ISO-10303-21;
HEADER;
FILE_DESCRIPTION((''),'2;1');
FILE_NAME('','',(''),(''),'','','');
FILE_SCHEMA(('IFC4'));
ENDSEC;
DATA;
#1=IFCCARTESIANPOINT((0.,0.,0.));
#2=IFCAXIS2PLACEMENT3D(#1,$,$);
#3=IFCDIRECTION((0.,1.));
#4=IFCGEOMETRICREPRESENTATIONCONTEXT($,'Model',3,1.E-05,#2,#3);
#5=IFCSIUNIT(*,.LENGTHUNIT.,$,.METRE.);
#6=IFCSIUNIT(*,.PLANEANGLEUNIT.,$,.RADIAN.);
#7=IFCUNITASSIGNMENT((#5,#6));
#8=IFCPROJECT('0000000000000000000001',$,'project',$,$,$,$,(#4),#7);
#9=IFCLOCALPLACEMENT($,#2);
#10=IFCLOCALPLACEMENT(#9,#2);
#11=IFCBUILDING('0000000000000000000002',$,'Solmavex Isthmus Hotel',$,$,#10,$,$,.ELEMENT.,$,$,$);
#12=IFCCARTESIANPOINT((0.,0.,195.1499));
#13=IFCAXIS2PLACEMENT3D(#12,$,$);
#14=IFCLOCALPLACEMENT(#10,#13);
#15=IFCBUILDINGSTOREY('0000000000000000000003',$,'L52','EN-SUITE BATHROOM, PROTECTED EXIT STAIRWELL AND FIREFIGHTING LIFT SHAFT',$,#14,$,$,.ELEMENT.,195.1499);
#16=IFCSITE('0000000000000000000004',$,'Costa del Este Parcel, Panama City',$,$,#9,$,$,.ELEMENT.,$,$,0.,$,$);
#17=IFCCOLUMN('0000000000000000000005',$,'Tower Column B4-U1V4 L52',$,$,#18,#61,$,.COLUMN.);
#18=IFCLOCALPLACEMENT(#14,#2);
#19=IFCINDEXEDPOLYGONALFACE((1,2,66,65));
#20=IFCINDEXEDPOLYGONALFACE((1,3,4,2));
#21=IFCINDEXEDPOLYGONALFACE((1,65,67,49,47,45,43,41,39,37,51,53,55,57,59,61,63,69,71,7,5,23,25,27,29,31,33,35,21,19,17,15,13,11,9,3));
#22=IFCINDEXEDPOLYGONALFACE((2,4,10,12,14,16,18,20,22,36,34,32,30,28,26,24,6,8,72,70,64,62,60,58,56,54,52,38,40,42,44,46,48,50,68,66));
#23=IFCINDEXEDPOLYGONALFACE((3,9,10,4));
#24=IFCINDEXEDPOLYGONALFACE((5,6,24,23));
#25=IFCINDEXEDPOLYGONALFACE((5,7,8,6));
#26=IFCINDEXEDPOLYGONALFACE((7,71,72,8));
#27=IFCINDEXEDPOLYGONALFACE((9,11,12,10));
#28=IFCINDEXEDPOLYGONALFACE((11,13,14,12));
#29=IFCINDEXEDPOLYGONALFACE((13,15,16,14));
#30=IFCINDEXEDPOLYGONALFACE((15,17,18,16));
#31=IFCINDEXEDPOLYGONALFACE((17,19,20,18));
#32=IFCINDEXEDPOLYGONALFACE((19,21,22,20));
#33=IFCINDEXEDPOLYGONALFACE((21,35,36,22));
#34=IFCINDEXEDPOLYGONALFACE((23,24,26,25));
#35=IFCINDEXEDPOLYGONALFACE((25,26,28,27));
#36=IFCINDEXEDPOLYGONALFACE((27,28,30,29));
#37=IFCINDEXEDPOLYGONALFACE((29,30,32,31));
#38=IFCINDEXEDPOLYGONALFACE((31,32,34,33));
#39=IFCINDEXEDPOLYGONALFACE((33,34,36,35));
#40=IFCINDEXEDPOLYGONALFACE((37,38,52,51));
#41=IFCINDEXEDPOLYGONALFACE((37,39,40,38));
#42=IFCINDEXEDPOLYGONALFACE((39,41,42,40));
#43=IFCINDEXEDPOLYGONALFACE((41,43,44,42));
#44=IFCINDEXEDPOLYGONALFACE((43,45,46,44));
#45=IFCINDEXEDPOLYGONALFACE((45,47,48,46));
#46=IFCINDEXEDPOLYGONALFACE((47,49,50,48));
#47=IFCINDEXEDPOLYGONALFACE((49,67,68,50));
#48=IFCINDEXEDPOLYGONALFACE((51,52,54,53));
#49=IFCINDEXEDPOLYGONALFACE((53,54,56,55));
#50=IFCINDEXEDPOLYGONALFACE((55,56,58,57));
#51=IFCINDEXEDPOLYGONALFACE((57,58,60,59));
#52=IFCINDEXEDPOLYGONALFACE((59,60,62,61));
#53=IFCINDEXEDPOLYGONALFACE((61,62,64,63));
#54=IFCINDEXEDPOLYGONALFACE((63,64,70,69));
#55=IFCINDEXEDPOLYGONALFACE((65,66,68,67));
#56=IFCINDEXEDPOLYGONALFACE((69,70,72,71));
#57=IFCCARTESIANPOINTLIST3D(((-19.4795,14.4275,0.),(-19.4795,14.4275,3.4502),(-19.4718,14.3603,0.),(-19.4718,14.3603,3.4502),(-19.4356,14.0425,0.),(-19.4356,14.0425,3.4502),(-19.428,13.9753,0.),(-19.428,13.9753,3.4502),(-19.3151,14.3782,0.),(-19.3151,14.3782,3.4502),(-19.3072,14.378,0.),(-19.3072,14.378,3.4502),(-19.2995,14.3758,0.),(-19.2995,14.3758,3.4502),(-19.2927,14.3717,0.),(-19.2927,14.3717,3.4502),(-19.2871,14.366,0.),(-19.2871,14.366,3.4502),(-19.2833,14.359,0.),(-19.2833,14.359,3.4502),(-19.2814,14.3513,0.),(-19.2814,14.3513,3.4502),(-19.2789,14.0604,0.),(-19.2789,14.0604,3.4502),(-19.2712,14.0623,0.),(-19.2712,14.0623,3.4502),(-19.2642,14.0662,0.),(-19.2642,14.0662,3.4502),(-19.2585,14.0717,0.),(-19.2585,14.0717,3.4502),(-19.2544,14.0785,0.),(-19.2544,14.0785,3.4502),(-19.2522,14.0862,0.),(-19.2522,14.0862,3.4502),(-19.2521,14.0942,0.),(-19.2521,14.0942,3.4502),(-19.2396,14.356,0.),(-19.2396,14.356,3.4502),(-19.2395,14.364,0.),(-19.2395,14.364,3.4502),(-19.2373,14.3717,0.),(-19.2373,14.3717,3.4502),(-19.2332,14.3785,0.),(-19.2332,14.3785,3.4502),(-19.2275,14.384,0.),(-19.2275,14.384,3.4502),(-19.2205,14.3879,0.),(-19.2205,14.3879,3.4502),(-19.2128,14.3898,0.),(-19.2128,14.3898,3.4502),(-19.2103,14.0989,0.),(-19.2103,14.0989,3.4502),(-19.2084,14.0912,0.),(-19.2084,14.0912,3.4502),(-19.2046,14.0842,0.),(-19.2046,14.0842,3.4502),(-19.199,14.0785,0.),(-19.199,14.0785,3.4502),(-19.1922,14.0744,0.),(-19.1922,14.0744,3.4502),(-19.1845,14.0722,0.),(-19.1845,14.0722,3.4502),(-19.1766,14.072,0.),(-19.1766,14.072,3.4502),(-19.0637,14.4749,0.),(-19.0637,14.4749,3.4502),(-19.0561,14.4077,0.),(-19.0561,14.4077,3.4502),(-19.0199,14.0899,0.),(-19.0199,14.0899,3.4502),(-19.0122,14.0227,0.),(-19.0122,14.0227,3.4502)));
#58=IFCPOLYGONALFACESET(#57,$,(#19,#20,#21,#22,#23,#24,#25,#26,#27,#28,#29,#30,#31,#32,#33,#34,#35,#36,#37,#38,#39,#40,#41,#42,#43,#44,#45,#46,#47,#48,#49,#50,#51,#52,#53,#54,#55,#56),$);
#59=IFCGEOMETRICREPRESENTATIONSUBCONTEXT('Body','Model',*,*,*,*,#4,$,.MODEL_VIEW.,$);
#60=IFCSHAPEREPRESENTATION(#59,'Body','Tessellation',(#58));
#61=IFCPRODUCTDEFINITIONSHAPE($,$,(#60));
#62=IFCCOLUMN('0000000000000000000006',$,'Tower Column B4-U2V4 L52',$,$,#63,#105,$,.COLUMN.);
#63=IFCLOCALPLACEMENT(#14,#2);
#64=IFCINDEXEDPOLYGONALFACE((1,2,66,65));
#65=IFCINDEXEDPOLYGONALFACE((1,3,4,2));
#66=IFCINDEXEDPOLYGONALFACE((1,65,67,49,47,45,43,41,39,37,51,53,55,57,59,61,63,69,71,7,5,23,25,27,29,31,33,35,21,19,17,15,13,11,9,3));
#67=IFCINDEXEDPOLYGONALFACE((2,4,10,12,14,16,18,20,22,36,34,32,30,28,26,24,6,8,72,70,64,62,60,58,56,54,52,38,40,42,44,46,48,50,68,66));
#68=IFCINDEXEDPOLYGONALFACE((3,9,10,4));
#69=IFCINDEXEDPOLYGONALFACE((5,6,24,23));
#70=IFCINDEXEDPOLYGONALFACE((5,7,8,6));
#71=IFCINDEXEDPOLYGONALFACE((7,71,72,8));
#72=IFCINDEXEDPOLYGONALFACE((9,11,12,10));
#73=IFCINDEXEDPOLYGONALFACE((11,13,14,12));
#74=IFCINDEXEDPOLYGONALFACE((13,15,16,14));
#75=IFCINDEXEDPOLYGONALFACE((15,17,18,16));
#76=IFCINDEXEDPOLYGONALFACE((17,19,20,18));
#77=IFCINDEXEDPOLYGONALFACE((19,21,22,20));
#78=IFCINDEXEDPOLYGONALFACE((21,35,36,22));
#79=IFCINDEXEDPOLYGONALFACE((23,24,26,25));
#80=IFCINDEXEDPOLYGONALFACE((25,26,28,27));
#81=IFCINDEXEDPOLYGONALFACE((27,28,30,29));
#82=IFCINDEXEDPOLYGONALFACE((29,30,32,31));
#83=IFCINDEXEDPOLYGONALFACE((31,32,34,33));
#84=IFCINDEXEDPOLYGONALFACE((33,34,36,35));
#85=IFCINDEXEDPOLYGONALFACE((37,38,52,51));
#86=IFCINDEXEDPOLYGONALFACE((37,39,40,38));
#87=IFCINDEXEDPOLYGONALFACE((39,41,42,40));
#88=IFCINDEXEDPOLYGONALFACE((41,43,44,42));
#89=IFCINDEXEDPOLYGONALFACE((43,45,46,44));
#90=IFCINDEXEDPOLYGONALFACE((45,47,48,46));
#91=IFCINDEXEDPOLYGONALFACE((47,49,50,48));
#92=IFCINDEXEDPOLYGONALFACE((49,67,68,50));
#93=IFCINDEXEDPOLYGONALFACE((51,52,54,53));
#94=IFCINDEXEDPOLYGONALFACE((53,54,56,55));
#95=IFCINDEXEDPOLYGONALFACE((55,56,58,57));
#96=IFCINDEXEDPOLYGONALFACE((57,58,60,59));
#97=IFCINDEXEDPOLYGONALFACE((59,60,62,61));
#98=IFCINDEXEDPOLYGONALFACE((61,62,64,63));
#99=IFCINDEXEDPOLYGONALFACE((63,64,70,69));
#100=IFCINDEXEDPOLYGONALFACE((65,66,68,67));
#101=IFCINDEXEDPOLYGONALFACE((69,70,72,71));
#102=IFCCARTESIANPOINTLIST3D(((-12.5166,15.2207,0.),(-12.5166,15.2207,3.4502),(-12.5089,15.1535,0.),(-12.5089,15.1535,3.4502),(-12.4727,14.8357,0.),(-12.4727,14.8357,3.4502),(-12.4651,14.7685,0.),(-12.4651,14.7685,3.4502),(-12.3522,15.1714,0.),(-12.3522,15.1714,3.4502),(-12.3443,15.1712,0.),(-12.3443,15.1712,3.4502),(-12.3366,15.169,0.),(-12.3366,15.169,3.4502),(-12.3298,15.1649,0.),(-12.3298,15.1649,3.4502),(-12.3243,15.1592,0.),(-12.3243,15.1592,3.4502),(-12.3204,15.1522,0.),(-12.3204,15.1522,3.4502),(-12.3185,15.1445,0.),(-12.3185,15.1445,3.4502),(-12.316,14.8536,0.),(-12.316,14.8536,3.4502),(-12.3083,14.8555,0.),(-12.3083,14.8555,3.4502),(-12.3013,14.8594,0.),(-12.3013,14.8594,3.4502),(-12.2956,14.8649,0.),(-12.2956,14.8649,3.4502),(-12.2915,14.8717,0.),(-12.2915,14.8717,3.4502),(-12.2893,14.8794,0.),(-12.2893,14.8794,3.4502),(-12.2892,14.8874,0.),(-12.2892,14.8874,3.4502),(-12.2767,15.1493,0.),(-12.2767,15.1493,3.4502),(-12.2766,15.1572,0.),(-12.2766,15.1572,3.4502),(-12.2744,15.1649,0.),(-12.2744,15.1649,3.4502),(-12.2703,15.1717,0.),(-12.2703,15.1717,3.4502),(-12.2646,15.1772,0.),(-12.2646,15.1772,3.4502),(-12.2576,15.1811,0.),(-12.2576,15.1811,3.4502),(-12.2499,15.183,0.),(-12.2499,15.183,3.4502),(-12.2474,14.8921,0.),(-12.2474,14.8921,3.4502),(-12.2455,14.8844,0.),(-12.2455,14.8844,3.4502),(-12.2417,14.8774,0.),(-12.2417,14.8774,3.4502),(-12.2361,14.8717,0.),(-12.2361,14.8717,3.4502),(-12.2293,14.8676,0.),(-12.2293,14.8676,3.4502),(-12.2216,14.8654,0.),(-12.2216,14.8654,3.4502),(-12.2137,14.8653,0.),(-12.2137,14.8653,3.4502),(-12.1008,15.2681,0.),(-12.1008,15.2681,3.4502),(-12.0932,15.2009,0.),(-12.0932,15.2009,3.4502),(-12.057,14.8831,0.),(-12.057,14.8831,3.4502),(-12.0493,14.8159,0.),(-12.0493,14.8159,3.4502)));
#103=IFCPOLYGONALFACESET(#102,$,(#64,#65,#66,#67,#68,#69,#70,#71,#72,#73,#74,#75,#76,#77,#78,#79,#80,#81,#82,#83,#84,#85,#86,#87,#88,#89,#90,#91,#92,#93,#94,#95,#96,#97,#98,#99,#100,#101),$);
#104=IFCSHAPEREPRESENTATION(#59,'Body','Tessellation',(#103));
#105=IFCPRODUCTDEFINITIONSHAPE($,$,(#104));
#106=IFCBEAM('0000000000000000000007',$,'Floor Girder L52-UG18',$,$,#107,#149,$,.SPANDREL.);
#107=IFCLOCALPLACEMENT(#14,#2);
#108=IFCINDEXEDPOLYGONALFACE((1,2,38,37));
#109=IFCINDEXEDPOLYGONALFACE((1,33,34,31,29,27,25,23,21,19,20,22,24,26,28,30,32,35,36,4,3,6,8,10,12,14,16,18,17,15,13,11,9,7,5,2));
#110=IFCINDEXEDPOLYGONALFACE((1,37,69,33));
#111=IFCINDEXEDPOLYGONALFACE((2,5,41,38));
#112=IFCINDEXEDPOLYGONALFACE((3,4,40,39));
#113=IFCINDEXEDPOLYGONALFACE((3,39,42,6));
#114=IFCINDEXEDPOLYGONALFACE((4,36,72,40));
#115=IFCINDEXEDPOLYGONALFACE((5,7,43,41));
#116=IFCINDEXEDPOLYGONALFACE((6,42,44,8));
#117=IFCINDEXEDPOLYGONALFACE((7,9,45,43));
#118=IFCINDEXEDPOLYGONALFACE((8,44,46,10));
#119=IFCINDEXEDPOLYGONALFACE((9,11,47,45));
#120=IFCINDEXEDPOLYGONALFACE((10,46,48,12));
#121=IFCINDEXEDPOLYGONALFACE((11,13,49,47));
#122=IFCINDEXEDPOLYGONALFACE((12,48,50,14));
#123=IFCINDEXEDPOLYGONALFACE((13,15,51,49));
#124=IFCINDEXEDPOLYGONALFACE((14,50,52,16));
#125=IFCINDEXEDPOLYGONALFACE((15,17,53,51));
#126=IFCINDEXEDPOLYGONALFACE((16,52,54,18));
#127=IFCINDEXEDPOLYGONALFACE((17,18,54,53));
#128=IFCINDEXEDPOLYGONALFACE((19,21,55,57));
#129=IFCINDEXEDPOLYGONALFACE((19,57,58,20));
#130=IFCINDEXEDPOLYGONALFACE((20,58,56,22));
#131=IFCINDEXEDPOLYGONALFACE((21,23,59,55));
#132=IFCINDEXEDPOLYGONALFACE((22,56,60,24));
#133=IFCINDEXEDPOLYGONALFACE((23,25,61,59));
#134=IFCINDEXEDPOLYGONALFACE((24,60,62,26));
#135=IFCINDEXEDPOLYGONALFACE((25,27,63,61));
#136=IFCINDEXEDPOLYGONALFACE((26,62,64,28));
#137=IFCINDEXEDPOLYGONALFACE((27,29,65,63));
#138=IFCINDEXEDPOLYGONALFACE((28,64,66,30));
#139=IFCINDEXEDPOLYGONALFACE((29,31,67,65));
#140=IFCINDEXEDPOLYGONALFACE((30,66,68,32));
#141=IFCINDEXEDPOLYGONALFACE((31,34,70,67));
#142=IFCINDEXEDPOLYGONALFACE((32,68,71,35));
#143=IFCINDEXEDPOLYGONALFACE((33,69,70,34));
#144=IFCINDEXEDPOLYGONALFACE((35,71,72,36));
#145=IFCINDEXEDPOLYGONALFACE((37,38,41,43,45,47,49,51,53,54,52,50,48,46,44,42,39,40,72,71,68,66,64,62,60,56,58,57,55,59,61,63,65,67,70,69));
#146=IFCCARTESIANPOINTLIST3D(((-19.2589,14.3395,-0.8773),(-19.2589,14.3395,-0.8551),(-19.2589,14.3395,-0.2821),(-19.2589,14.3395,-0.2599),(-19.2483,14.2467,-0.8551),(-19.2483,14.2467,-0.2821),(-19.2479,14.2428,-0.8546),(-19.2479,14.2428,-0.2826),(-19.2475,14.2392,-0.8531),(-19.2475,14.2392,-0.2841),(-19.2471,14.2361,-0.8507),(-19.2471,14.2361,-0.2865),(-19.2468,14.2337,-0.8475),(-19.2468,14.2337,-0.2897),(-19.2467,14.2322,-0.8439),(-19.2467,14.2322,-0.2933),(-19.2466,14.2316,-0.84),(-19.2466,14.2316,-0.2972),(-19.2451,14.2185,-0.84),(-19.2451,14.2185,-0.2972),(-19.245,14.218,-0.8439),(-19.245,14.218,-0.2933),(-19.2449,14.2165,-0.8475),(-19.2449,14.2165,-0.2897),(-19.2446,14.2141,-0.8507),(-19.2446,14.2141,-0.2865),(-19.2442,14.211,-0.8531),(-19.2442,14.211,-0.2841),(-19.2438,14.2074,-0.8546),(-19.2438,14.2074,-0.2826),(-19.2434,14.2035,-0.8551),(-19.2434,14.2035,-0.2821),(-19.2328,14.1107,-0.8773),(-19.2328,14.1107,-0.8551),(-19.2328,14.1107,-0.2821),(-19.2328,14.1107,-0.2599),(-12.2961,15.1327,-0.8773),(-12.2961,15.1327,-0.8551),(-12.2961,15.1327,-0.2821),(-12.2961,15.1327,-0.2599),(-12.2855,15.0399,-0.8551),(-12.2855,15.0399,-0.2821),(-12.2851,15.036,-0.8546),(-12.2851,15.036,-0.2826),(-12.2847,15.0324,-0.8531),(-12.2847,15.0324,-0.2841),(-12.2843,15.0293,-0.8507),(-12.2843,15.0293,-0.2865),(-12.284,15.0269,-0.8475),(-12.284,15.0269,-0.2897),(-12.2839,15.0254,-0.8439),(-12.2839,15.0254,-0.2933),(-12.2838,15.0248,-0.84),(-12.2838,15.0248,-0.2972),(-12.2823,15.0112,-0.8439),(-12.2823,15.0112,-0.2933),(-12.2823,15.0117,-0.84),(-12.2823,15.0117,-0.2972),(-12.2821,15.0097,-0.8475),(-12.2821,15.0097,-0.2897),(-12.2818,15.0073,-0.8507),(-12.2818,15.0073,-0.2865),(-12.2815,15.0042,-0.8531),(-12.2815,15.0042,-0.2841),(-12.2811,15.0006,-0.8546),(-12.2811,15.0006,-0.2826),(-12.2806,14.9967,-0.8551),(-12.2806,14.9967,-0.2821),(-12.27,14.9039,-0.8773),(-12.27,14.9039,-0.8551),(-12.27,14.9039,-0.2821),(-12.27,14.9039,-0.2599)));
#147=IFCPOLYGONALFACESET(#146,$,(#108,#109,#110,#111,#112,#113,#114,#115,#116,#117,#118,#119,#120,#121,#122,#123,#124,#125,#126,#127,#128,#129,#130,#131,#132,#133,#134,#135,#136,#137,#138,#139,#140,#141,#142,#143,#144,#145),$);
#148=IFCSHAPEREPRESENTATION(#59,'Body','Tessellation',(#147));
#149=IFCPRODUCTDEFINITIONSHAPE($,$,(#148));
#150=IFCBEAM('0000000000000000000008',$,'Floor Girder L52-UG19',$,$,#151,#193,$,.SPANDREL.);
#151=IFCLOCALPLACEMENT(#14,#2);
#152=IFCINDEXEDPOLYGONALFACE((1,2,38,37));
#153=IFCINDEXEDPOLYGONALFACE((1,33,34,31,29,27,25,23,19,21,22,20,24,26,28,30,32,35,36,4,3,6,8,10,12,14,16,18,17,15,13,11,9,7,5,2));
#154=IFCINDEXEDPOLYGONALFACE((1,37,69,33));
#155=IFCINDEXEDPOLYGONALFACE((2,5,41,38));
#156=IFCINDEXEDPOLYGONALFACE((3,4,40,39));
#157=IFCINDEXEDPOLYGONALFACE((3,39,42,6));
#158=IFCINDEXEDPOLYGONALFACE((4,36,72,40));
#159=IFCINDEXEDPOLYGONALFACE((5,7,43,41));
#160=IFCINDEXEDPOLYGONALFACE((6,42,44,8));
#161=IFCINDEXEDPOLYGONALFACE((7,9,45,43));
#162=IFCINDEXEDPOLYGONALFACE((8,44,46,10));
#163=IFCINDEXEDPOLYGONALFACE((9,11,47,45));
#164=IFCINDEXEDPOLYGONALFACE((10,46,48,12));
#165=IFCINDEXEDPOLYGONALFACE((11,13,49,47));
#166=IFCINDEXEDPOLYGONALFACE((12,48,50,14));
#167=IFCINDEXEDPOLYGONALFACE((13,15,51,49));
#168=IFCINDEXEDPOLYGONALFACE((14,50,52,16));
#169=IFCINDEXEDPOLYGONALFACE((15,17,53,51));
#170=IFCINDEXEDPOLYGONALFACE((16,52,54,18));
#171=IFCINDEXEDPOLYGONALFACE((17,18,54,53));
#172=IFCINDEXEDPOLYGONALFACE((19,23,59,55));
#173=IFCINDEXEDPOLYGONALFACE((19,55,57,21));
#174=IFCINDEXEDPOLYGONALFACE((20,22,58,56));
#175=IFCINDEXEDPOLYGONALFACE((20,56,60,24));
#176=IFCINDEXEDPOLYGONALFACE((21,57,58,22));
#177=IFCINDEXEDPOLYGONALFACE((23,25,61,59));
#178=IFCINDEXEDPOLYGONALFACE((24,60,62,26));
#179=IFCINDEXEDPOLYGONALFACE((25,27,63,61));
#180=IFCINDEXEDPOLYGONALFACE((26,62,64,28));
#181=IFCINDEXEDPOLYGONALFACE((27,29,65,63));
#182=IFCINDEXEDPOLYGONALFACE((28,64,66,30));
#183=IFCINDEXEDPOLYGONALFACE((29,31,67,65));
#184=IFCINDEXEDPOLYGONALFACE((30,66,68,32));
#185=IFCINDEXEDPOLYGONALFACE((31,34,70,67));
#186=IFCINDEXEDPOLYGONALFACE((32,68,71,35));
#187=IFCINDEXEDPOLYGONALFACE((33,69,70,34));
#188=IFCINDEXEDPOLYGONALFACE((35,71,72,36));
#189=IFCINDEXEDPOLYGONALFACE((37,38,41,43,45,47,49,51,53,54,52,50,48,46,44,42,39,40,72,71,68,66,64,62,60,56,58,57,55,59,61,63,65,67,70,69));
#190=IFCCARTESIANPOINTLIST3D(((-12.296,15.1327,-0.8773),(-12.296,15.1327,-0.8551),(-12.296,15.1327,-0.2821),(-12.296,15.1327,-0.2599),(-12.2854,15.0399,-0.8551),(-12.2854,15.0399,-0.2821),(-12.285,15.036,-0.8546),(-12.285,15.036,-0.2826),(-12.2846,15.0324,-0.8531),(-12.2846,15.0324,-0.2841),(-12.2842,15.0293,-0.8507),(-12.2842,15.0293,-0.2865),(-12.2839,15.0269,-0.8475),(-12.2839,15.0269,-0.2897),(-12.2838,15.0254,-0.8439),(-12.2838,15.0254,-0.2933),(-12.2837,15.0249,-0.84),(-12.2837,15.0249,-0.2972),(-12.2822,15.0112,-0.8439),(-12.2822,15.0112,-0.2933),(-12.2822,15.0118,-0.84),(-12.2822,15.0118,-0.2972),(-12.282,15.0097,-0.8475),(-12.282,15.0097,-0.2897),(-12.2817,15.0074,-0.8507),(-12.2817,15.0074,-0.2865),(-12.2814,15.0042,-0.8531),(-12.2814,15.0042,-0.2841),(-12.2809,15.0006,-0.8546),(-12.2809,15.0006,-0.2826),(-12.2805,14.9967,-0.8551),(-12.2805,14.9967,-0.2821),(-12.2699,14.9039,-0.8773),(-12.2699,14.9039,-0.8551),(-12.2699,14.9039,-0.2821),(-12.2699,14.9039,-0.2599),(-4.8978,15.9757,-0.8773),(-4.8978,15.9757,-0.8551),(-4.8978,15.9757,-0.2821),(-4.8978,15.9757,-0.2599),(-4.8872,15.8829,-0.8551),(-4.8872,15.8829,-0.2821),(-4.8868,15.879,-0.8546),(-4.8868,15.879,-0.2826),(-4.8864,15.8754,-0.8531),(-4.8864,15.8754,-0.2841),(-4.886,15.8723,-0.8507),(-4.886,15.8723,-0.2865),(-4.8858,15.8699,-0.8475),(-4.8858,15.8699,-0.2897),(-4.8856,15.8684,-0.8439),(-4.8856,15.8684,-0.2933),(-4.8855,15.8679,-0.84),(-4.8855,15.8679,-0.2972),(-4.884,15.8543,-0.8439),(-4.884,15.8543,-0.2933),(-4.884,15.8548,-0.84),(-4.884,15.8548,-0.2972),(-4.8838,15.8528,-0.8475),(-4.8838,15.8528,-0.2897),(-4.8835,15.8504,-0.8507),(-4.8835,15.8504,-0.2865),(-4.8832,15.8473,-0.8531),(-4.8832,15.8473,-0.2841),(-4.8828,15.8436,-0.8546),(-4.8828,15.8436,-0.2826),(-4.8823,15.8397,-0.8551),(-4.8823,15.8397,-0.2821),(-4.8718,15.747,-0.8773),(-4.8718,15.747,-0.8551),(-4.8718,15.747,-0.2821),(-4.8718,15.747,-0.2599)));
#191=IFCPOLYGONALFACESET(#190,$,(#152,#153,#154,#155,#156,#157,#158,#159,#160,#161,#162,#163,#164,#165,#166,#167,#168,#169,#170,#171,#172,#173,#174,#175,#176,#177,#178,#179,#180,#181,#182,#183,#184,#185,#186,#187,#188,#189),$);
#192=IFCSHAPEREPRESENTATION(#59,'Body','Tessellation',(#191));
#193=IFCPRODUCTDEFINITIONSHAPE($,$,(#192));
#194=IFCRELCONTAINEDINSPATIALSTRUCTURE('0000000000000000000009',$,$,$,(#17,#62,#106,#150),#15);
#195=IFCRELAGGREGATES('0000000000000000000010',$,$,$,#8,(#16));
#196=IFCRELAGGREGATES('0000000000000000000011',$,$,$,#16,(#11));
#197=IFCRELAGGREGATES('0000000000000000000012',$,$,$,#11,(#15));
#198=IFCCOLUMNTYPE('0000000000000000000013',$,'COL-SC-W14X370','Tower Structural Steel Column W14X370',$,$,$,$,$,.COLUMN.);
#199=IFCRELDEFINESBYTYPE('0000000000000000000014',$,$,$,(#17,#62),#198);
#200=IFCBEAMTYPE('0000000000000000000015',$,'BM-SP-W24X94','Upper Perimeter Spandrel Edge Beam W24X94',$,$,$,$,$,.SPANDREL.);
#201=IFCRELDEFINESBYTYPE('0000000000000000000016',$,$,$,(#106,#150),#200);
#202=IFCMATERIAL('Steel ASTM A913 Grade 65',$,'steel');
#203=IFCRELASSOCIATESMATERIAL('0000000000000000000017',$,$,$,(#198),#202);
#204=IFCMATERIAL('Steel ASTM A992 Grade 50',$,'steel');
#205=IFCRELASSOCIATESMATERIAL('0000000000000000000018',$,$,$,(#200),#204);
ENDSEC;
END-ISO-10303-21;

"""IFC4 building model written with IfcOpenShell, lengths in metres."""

from ifc_helpers import new_model, si_unit, direction, frame, origin, origin_2d, place, context, subcontext, project, spatial, i_section, extrude, material, material_profile, profile_set, type_object, element, save


model = new_model("IFC4")

# Units and contexts
model_context = context("Model", 3, precision=1e-05, world=origin(), true_north=direction((0.0, 1.0)))
body_context = subcontext(model_context, "Body", "Model", "MODEL_VIEW")
ifc_project = project(units=[si_unit("LENGTHUNIT", "METRE"), si_unit("PLANEANGLEUNIT", "RADIAN")], contexts=[model_context])

# Site, building, storey
site_placement = place(None, origin())
site = spatial("IfcSite", under=ifc_project, at=site_placement, Name="Costa del Este Parcel, Panama City", CompositionType="ELEMENT", RefElevation=0.0)
building_placement = place(site_placement, origin())
building = spatial("IfcBuilding", under=site, at=building_placement, Name="Solmavex Isthmus Hotel", CompositionType="ELEMENT")
storey_placement = place(building_placement, frame((0.0, 0.0, 195.1499)))
storey = spatial("IfcBuildingStorey", under=building, at=storey_placement, Name="L52", Description="EN-SUITE BATHROOM, PROTECTED EXIT STAIRWELL AND FIREFIGHTING LIFT SHAFT", CompositionType="ELEMENT", Elevation=195.1499)

# Columns
ifc_material_1 = material(Name="Steel ASTM A913 Grade 65", Category="steel")
ifc_material_profile_1 = material_profile(ifc_material_1, i_section(OverallWidth=0.4185, OverallDepth=0.4551, WebThickness=0.042, FlangeThickness=0.0676, FilletRadius=0.0305, at=origin_2d()), Name="W14X370")
ifc_profile_set_1 = profile_set([ifc_material_profile_1], Name="Steel ASTM A913 Grade 65")
column_type = type_object("IfcColumnType", Name="COL-SC-W14X370", Description="Tower Structural Steel Column W14X370", PredefinedType="COLUMN", material=ifc_profile_set_1)
for number, where, z_axis, x_axis, name in (
    (1, (-19.2458, 14.2251, 0.0), (0.0, 0.0, 1.0), (0.993572, 0.113203, 0.0), "Tower Column B4-U1V4 L52"),
    (2, (-12.283, 15.0183, 0.0), (0.0, 0.0, 1.0), (0.993572, 0.113203, 0.0), "Tower Column B4-U2V4 L52"),
):
    element("IfcColumn", number, at=place(storey_placement, frame(where, z_axis=z_axis, x_axis=x_axis)), inside=storey, type_object=column_type, Name=name, PredefinedType="COLUMN", context=body_context, shape_type="SweptSolid", body=[
        extrude(i_section(OverallWidth=0.4185, OverallDepth=0.4551, WebThickness=0.042, FlangeThickness=0.0676, FilletRadius=0.0305, at=origin_2d()), origin(), (0.0, 0.0, 1.0), 3.4502),
    ])

# Beams
ifc_material_2 = material(Name="Steel ASTM A992 Grade 50", Category="steel")
ifc_material_profile_2 = material_profile(ifc_material_2, i_section(OverallWidth=0.2302, OverallDepth=0.6174, WebThickness=0.0132, FlangeThickness=0.0222, FilletRadius=0.0151, at=origin_2d()), Name="W24X94")
ifc_profile_set_2 = profile_set([ifc_material_profile_2], Name="Steel ASTM A992 Grade 50")
beam_type = type_object("IfcBeamType", Name="BM-SP-W24X94", Description="Upper Perimeter Spandrel Edge Beam W24X94", PredefinedType="SPANDREL", material=ifc_profile_set_2)
beam_1_placement = place(storey_placement, frame((-19.2458, 14.2251, -0.5686), z_axis=(0.993574, 0.113188, 0.0), x_axis=(-0.113188, 0.993574, 0.0)))
element("IfcBeam", 3, at=beam_1_placement, inside=storey, type_object=beam_type, Name="Floor Girder L52-UG18", PredefinedType="SPANDREL", context=body_context, shape_type="SweptSolid", body=[
    extrude(i_section(OverallWidth=0.2302, OverallDepth=0.6174, WebThickness=0.0132, FlangeThickness=0.0222, FilletRadius=0.0151, at=origin_2d()), origin(), (0.0, 0.0, 1.0), 7.0078),
])
beam_2_placement = place(storey_placement, frame((-12.283, 15.0183, -0.5686), z_axis=(0.99357, 0.113216, 0.0), x_axis=(-0.113216, 0.99357, 0.0)))
element("IfcBeam", 4, at=beam_2_placement, inside=storey, type_object=beam_type, Name="Floor Girder L52-UG19", PredefinedType="SPANDREL", context=body_context, shape_type="SweptSolid", body=[
    extrude(i_section(OverallWidth=0.2302, OverallDepth=0.6174, WebThickness=0.0132, FlangeThickness=0.0222, FilletRadius=0.0151, at=origin_2d()), origin(), (0.0, 0.0, 1.0), 7.446),
])

save(model, "model.ifc")
